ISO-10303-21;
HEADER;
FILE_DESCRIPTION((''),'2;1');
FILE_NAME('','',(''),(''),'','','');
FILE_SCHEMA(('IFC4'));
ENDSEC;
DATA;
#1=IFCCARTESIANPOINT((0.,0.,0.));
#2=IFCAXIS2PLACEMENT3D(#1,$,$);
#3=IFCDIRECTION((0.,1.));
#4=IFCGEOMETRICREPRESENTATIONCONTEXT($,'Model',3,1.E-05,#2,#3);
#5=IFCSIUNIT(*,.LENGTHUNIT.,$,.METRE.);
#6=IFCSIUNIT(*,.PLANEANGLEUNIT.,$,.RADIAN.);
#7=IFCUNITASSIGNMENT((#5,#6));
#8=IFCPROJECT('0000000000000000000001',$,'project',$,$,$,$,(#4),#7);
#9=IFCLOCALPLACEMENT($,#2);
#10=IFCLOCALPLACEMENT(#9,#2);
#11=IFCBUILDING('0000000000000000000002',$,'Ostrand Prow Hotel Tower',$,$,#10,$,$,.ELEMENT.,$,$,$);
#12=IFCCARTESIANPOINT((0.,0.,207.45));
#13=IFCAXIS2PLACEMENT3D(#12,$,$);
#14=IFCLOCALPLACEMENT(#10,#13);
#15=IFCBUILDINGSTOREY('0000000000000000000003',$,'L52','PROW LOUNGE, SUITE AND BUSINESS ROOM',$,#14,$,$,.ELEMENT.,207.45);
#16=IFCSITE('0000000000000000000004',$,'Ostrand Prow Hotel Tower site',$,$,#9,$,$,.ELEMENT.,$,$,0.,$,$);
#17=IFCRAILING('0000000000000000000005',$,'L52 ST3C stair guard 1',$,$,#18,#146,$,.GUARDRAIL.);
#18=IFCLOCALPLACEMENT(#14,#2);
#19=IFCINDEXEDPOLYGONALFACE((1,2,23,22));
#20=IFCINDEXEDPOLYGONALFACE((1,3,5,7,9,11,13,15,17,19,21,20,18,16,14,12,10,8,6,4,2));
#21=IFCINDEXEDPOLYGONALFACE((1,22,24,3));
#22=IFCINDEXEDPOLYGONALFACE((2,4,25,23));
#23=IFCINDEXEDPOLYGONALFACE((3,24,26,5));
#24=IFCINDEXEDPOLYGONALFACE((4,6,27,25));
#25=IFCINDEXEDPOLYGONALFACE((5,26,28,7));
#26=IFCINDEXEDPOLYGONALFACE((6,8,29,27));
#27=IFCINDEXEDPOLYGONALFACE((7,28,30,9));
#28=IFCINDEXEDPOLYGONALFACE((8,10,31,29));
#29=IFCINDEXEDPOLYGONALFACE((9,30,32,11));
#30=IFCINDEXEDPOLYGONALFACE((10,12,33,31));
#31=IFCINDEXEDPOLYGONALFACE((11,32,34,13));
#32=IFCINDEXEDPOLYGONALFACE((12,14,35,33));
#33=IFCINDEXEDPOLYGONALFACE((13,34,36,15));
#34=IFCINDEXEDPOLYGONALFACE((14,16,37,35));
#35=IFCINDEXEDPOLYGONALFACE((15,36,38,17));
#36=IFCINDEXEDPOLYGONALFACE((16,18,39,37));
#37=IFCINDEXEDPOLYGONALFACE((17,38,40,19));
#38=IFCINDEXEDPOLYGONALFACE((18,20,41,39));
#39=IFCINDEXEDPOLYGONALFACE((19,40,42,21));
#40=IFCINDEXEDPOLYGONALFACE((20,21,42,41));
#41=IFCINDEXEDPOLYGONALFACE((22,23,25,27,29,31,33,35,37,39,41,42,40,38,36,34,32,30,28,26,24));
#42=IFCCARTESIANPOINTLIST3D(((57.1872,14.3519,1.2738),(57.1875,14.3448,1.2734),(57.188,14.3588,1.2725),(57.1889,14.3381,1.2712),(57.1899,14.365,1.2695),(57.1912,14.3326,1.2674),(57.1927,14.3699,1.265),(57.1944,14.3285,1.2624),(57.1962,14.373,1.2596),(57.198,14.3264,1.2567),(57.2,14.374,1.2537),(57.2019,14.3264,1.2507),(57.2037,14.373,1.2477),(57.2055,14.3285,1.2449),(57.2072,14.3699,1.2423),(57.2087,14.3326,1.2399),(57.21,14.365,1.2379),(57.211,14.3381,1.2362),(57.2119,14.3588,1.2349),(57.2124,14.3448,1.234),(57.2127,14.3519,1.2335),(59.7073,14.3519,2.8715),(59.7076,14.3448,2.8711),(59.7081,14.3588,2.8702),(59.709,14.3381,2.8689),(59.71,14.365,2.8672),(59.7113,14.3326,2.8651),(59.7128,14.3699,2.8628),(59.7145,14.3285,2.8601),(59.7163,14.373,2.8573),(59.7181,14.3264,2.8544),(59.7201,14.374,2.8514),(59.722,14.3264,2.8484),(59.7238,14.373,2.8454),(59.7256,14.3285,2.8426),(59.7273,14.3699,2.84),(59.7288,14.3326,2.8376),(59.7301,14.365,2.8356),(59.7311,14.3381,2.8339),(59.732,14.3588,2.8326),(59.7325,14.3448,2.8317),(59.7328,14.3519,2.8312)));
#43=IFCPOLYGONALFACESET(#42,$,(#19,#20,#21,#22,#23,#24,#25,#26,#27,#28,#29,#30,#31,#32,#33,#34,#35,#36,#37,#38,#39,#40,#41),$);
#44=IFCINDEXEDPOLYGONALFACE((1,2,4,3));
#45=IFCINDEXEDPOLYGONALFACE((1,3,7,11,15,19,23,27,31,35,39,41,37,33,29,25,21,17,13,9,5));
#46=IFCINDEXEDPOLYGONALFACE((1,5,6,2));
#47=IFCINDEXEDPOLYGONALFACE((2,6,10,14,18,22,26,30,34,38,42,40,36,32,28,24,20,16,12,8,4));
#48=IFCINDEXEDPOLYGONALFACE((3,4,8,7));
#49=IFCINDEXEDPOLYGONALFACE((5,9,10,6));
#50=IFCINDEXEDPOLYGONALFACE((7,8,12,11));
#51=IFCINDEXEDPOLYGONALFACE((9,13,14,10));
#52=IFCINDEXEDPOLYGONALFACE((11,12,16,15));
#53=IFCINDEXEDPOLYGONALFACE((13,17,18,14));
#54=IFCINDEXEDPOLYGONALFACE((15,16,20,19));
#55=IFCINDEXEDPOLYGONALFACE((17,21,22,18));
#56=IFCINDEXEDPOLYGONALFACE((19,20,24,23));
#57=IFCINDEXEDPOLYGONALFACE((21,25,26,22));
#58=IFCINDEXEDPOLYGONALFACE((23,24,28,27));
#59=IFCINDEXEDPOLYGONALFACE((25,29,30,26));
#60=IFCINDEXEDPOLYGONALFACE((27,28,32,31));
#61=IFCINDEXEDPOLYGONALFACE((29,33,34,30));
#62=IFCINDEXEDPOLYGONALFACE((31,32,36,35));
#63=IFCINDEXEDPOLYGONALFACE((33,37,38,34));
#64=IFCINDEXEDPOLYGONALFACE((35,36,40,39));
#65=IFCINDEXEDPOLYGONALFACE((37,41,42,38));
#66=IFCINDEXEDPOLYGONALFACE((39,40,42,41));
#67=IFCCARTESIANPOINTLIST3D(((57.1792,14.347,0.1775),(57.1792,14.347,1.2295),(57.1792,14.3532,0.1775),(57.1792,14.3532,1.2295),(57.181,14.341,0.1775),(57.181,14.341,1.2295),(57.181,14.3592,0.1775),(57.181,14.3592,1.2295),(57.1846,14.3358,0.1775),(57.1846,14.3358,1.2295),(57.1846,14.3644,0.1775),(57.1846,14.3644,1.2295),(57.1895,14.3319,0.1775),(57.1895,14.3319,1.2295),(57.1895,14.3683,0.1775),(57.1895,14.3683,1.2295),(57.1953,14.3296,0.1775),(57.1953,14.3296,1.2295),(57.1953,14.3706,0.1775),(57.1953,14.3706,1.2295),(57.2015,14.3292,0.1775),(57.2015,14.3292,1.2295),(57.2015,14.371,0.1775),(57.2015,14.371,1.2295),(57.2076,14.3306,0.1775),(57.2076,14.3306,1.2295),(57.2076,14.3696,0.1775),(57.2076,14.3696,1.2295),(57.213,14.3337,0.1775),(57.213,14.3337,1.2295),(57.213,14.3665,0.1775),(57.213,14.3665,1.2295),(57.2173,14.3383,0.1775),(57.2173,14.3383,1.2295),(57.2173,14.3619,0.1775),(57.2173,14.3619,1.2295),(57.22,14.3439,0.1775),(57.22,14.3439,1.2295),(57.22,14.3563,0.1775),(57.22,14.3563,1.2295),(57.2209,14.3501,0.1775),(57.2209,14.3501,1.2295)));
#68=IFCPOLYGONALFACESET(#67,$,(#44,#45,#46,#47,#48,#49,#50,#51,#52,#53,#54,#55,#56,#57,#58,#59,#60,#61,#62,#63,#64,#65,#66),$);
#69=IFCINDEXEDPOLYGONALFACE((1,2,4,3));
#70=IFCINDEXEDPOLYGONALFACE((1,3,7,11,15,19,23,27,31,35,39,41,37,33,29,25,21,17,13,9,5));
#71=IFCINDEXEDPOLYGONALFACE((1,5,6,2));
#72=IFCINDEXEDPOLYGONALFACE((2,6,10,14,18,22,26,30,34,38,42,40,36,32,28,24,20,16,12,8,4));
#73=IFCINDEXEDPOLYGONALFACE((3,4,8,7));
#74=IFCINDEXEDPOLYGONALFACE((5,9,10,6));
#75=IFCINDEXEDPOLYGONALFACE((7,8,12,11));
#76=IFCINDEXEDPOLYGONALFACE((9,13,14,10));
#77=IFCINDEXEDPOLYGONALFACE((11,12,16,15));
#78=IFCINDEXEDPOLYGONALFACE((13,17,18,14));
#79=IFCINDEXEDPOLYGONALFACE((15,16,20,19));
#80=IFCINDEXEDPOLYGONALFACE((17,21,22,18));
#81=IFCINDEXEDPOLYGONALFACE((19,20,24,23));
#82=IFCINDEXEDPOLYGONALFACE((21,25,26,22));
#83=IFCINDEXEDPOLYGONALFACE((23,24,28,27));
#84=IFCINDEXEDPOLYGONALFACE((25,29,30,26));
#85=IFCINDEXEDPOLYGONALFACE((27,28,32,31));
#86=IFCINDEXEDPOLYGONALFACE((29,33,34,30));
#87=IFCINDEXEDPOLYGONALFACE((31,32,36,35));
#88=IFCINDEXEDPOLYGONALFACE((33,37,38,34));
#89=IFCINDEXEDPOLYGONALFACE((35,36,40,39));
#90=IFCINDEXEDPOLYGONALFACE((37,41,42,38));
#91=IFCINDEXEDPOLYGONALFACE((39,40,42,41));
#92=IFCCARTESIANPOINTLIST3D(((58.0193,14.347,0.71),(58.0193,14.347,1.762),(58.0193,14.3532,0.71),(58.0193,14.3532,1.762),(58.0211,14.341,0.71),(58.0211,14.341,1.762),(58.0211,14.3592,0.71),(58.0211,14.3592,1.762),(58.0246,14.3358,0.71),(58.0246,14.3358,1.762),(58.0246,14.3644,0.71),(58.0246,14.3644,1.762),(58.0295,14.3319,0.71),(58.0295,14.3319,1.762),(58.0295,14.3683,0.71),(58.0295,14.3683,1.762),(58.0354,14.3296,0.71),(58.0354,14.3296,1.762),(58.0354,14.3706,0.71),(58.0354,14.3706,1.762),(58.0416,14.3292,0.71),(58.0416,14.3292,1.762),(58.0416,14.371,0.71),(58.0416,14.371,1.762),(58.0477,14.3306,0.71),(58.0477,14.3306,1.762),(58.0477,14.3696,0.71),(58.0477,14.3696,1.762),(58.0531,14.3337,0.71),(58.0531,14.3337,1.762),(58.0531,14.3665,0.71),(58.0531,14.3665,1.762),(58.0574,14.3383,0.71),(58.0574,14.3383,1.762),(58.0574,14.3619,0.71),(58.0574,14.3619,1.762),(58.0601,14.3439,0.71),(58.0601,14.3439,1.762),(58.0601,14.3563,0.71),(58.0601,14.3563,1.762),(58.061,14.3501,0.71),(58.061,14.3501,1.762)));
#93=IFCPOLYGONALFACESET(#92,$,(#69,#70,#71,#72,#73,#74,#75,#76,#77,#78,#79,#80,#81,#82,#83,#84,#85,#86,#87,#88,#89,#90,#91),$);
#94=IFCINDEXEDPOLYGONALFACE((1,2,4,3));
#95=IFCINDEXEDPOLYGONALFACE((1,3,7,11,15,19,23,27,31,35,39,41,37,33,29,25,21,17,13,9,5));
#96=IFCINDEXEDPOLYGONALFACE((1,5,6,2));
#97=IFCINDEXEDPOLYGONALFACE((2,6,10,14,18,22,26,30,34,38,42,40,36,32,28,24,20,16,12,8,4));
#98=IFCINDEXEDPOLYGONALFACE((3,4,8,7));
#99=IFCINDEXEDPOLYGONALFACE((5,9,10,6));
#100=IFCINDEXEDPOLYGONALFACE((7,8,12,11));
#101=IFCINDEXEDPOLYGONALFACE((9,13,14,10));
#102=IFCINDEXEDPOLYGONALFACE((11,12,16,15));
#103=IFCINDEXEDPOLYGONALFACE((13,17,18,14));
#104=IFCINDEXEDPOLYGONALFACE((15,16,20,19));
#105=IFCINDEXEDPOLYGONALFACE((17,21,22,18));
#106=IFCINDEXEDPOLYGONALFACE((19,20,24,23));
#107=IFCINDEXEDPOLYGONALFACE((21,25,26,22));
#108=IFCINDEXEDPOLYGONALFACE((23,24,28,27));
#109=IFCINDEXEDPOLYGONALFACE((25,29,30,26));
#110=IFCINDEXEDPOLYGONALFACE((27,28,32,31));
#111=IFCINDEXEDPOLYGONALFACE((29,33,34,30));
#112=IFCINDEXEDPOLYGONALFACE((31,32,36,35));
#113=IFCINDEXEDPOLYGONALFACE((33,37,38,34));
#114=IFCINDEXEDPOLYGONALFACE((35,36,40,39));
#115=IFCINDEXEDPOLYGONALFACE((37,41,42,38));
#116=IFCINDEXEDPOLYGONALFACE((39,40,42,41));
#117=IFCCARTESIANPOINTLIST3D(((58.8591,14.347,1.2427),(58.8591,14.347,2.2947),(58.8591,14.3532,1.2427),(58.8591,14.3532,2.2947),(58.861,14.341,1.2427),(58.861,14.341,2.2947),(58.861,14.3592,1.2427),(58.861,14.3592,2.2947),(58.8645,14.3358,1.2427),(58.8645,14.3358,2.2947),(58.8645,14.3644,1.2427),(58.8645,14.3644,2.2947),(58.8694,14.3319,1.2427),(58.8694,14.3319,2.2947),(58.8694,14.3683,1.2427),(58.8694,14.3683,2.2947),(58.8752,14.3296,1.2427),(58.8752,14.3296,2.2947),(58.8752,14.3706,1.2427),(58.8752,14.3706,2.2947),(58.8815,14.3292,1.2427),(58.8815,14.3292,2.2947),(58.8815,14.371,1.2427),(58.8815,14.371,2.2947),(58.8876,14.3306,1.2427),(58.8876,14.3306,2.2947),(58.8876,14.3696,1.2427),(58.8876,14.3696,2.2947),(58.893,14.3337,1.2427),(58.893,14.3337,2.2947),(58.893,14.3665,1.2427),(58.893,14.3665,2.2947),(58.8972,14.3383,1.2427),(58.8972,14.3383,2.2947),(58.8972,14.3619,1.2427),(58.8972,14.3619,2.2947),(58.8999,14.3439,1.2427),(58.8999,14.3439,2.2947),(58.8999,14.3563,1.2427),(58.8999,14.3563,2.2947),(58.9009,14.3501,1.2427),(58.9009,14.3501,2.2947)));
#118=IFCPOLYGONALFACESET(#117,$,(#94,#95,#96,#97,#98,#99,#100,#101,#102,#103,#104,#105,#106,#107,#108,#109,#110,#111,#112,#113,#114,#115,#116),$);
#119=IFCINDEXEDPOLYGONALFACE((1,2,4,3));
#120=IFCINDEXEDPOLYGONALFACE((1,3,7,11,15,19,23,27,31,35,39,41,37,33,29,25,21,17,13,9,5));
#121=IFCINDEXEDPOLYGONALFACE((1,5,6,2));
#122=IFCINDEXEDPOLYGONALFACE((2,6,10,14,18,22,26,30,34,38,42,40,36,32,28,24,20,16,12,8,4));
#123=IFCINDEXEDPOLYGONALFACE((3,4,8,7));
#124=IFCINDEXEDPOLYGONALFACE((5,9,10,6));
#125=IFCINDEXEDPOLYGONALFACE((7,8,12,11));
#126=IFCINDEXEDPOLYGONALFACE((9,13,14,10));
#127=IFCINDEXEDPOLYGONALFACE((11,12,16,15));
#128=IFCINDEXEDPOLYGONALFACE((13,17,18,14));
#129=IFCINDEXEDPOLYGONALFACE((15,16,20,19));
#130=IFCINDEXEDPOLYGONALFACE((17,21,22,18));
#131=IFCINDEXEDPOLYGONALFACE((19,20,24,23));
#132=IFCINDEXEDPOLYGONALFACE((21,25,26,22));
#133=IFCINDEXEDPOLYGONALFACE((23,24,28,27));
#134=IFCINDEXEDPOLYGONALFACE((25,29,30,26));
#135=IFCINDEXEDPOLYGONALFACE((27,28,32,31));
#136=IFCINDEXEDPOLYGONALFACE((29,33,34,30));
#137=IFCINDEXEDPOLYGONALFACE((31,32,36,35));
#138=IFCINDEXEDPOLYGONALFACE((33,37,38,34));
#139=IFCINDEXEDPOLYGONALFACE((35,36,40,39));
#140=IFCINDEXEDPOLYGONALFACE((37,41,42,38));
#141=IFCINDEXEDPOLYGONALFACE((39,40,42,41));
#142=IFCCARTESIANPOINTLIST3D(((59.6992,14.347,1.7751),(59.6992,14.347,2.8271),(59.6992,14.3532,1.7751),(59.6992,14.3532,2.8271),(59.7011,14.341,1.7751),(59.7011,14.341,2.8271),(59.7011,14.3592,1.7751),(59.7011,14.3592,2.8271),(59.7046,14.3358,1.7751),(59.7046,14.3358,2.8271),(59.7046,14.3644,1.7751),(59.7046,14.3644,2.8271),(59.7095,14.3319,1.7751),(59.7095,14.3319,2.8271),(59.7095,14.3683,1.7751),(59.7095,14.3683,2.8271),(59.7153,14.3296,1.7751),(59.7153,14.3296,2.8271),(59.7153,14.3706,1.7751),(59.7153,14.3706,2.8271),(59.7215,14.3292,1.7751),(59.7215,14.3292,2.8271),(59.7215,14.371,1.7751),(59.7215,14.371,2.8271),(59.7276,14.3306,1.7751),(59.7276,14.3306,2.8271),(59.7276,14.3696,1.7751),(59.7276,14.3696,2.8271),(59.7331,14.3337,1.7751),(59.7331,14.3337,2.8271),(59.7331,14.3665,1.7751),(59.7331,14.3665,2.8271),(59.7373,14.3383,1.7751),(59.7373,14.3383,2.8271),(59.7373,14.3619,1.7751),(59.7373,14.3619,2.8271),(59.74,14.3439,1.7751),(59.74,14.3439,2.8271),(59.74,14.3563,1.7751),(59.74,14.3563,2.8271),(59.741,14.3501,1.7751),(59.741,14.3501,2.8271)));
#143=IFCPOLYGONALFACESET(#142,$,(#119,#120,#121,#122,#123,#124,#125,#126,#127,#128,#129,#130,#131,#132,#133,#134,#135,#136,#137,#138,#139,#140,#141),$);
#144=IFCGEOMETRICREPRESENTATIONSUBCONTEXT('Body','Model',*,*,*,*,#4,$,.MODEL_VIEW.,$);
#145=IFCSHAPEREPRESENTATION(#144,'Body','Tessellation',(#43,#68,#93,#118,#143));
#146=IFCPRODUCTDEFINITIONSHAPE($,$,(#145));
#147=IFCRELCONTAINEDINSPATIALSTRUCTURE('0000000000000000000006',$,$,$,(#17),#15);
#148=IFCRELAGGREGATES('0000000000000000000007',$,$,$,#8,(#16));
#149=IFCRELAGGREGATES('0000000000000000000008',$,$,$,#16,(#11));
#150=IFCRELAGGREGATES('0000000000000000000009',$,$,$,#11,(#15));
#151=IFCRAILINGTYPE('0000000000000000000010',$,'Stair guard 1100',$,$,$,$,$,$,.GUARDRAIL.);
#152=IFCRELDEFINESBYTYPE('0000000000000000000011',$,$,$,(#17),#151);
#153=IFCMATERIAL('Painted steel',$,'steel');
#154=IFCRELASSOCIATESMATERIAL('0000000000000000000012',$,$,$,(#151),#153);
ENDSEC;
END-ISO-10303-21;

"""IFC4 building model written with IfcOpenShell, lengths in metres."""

from ifc_helpers import new_model, si_unit, direction, frame, origin, origin_2d, place, context, subcontext, project, spatial, circle, extrude, material, type_object, element, save


model = new_model("IFC4")

# Units and contexts
model_context = context("Model", 3, precision=1e-05, world=origin(), true_north=direction((0.0, 1.0)))
body_context = subcontext(model_context, "Body", "Model", "MODEL_VIEW")
ifc_project = project(units=[si_unit("LENGTHUNIT", "METRE"), si_unit("PLANEANGLEUNIT", "RADIAN")], contexts=[model_context])

# Site, building, storey
site_placement = place(None, origin())
site = spatial("IfcSite", under=ifc_project, at=site_placement, Name="Ostrand Prow Hotel Tower site", CompositionType="ELEMENT", RefElevation=0.0)
building_placement = place(site_placement, origin())
building = spatial("IfcBuilding", under=site, at=building_placement, Name="Ostrand Prow Hotel Tower", CompositionType="ELEMENT")
storey_placement = place(building_placement, frame((0.0, 0.0, 207.45)))
storey = spatial("IfcBuildingStorey", under=building, at=storey_placement, Name="L52", Description="PROW LOUNGE, SUITE AND BUSINESS ROOM", CompositionType="ELEMENT", Elevation=207.45)

# Railing
ifc_material_1 = material(Name="Painted steel", Category="steel")
railing_type_1 = type_object("IfcRailingType", Name="Stair guard 1100", PredefinedType="GUARDRAIL", material=ifc_material_1)
railing_1_placement = place(storey_placement, frame((57.2, 14.3501, 0.1775)))
element("IfcRailing", 1, at=railing_1_placement, inside=storey, type_object=railing_type_1, Name="L52 ST3C stair guard 1", PredefinedType="GUARDRAIL", context=body_context, shape_type="SweptSolid", body=[
    extrude(circle(Radius=0.0239, at=origin_2d()), frame((0.0, 0.0, 1.0762), z_axis=(0.84457, 0.0, 0.535445), x_axis=(0.0, 1.0, 0.0)), (0.0, 0.0, 1.0), 2.9839),
    extrude(circle(Radius=0.021, at=origin_2d()), origin(), (0.0, 0.0, 1.0), 1.052),
    extrude(circle(Radius=0.021, at=origin_2d()), frame((0.8401, 0.0, 0.5325)), (0.0, 0.0, 1.0), 1.052),
    extrude(circle(Radius=0.021, at=origin_2d()), frame((1.6799, 0.0, 1.0652)), (0.0, 0.0, 1.0), 1.052),
    extrude(circle(Radius=0.021, at=origin_2d()), frame((2.52, 0.0, 1.5977)), (0.0, 0.0, 1.0), 1.052),
])

save(model, "model.ifc")
